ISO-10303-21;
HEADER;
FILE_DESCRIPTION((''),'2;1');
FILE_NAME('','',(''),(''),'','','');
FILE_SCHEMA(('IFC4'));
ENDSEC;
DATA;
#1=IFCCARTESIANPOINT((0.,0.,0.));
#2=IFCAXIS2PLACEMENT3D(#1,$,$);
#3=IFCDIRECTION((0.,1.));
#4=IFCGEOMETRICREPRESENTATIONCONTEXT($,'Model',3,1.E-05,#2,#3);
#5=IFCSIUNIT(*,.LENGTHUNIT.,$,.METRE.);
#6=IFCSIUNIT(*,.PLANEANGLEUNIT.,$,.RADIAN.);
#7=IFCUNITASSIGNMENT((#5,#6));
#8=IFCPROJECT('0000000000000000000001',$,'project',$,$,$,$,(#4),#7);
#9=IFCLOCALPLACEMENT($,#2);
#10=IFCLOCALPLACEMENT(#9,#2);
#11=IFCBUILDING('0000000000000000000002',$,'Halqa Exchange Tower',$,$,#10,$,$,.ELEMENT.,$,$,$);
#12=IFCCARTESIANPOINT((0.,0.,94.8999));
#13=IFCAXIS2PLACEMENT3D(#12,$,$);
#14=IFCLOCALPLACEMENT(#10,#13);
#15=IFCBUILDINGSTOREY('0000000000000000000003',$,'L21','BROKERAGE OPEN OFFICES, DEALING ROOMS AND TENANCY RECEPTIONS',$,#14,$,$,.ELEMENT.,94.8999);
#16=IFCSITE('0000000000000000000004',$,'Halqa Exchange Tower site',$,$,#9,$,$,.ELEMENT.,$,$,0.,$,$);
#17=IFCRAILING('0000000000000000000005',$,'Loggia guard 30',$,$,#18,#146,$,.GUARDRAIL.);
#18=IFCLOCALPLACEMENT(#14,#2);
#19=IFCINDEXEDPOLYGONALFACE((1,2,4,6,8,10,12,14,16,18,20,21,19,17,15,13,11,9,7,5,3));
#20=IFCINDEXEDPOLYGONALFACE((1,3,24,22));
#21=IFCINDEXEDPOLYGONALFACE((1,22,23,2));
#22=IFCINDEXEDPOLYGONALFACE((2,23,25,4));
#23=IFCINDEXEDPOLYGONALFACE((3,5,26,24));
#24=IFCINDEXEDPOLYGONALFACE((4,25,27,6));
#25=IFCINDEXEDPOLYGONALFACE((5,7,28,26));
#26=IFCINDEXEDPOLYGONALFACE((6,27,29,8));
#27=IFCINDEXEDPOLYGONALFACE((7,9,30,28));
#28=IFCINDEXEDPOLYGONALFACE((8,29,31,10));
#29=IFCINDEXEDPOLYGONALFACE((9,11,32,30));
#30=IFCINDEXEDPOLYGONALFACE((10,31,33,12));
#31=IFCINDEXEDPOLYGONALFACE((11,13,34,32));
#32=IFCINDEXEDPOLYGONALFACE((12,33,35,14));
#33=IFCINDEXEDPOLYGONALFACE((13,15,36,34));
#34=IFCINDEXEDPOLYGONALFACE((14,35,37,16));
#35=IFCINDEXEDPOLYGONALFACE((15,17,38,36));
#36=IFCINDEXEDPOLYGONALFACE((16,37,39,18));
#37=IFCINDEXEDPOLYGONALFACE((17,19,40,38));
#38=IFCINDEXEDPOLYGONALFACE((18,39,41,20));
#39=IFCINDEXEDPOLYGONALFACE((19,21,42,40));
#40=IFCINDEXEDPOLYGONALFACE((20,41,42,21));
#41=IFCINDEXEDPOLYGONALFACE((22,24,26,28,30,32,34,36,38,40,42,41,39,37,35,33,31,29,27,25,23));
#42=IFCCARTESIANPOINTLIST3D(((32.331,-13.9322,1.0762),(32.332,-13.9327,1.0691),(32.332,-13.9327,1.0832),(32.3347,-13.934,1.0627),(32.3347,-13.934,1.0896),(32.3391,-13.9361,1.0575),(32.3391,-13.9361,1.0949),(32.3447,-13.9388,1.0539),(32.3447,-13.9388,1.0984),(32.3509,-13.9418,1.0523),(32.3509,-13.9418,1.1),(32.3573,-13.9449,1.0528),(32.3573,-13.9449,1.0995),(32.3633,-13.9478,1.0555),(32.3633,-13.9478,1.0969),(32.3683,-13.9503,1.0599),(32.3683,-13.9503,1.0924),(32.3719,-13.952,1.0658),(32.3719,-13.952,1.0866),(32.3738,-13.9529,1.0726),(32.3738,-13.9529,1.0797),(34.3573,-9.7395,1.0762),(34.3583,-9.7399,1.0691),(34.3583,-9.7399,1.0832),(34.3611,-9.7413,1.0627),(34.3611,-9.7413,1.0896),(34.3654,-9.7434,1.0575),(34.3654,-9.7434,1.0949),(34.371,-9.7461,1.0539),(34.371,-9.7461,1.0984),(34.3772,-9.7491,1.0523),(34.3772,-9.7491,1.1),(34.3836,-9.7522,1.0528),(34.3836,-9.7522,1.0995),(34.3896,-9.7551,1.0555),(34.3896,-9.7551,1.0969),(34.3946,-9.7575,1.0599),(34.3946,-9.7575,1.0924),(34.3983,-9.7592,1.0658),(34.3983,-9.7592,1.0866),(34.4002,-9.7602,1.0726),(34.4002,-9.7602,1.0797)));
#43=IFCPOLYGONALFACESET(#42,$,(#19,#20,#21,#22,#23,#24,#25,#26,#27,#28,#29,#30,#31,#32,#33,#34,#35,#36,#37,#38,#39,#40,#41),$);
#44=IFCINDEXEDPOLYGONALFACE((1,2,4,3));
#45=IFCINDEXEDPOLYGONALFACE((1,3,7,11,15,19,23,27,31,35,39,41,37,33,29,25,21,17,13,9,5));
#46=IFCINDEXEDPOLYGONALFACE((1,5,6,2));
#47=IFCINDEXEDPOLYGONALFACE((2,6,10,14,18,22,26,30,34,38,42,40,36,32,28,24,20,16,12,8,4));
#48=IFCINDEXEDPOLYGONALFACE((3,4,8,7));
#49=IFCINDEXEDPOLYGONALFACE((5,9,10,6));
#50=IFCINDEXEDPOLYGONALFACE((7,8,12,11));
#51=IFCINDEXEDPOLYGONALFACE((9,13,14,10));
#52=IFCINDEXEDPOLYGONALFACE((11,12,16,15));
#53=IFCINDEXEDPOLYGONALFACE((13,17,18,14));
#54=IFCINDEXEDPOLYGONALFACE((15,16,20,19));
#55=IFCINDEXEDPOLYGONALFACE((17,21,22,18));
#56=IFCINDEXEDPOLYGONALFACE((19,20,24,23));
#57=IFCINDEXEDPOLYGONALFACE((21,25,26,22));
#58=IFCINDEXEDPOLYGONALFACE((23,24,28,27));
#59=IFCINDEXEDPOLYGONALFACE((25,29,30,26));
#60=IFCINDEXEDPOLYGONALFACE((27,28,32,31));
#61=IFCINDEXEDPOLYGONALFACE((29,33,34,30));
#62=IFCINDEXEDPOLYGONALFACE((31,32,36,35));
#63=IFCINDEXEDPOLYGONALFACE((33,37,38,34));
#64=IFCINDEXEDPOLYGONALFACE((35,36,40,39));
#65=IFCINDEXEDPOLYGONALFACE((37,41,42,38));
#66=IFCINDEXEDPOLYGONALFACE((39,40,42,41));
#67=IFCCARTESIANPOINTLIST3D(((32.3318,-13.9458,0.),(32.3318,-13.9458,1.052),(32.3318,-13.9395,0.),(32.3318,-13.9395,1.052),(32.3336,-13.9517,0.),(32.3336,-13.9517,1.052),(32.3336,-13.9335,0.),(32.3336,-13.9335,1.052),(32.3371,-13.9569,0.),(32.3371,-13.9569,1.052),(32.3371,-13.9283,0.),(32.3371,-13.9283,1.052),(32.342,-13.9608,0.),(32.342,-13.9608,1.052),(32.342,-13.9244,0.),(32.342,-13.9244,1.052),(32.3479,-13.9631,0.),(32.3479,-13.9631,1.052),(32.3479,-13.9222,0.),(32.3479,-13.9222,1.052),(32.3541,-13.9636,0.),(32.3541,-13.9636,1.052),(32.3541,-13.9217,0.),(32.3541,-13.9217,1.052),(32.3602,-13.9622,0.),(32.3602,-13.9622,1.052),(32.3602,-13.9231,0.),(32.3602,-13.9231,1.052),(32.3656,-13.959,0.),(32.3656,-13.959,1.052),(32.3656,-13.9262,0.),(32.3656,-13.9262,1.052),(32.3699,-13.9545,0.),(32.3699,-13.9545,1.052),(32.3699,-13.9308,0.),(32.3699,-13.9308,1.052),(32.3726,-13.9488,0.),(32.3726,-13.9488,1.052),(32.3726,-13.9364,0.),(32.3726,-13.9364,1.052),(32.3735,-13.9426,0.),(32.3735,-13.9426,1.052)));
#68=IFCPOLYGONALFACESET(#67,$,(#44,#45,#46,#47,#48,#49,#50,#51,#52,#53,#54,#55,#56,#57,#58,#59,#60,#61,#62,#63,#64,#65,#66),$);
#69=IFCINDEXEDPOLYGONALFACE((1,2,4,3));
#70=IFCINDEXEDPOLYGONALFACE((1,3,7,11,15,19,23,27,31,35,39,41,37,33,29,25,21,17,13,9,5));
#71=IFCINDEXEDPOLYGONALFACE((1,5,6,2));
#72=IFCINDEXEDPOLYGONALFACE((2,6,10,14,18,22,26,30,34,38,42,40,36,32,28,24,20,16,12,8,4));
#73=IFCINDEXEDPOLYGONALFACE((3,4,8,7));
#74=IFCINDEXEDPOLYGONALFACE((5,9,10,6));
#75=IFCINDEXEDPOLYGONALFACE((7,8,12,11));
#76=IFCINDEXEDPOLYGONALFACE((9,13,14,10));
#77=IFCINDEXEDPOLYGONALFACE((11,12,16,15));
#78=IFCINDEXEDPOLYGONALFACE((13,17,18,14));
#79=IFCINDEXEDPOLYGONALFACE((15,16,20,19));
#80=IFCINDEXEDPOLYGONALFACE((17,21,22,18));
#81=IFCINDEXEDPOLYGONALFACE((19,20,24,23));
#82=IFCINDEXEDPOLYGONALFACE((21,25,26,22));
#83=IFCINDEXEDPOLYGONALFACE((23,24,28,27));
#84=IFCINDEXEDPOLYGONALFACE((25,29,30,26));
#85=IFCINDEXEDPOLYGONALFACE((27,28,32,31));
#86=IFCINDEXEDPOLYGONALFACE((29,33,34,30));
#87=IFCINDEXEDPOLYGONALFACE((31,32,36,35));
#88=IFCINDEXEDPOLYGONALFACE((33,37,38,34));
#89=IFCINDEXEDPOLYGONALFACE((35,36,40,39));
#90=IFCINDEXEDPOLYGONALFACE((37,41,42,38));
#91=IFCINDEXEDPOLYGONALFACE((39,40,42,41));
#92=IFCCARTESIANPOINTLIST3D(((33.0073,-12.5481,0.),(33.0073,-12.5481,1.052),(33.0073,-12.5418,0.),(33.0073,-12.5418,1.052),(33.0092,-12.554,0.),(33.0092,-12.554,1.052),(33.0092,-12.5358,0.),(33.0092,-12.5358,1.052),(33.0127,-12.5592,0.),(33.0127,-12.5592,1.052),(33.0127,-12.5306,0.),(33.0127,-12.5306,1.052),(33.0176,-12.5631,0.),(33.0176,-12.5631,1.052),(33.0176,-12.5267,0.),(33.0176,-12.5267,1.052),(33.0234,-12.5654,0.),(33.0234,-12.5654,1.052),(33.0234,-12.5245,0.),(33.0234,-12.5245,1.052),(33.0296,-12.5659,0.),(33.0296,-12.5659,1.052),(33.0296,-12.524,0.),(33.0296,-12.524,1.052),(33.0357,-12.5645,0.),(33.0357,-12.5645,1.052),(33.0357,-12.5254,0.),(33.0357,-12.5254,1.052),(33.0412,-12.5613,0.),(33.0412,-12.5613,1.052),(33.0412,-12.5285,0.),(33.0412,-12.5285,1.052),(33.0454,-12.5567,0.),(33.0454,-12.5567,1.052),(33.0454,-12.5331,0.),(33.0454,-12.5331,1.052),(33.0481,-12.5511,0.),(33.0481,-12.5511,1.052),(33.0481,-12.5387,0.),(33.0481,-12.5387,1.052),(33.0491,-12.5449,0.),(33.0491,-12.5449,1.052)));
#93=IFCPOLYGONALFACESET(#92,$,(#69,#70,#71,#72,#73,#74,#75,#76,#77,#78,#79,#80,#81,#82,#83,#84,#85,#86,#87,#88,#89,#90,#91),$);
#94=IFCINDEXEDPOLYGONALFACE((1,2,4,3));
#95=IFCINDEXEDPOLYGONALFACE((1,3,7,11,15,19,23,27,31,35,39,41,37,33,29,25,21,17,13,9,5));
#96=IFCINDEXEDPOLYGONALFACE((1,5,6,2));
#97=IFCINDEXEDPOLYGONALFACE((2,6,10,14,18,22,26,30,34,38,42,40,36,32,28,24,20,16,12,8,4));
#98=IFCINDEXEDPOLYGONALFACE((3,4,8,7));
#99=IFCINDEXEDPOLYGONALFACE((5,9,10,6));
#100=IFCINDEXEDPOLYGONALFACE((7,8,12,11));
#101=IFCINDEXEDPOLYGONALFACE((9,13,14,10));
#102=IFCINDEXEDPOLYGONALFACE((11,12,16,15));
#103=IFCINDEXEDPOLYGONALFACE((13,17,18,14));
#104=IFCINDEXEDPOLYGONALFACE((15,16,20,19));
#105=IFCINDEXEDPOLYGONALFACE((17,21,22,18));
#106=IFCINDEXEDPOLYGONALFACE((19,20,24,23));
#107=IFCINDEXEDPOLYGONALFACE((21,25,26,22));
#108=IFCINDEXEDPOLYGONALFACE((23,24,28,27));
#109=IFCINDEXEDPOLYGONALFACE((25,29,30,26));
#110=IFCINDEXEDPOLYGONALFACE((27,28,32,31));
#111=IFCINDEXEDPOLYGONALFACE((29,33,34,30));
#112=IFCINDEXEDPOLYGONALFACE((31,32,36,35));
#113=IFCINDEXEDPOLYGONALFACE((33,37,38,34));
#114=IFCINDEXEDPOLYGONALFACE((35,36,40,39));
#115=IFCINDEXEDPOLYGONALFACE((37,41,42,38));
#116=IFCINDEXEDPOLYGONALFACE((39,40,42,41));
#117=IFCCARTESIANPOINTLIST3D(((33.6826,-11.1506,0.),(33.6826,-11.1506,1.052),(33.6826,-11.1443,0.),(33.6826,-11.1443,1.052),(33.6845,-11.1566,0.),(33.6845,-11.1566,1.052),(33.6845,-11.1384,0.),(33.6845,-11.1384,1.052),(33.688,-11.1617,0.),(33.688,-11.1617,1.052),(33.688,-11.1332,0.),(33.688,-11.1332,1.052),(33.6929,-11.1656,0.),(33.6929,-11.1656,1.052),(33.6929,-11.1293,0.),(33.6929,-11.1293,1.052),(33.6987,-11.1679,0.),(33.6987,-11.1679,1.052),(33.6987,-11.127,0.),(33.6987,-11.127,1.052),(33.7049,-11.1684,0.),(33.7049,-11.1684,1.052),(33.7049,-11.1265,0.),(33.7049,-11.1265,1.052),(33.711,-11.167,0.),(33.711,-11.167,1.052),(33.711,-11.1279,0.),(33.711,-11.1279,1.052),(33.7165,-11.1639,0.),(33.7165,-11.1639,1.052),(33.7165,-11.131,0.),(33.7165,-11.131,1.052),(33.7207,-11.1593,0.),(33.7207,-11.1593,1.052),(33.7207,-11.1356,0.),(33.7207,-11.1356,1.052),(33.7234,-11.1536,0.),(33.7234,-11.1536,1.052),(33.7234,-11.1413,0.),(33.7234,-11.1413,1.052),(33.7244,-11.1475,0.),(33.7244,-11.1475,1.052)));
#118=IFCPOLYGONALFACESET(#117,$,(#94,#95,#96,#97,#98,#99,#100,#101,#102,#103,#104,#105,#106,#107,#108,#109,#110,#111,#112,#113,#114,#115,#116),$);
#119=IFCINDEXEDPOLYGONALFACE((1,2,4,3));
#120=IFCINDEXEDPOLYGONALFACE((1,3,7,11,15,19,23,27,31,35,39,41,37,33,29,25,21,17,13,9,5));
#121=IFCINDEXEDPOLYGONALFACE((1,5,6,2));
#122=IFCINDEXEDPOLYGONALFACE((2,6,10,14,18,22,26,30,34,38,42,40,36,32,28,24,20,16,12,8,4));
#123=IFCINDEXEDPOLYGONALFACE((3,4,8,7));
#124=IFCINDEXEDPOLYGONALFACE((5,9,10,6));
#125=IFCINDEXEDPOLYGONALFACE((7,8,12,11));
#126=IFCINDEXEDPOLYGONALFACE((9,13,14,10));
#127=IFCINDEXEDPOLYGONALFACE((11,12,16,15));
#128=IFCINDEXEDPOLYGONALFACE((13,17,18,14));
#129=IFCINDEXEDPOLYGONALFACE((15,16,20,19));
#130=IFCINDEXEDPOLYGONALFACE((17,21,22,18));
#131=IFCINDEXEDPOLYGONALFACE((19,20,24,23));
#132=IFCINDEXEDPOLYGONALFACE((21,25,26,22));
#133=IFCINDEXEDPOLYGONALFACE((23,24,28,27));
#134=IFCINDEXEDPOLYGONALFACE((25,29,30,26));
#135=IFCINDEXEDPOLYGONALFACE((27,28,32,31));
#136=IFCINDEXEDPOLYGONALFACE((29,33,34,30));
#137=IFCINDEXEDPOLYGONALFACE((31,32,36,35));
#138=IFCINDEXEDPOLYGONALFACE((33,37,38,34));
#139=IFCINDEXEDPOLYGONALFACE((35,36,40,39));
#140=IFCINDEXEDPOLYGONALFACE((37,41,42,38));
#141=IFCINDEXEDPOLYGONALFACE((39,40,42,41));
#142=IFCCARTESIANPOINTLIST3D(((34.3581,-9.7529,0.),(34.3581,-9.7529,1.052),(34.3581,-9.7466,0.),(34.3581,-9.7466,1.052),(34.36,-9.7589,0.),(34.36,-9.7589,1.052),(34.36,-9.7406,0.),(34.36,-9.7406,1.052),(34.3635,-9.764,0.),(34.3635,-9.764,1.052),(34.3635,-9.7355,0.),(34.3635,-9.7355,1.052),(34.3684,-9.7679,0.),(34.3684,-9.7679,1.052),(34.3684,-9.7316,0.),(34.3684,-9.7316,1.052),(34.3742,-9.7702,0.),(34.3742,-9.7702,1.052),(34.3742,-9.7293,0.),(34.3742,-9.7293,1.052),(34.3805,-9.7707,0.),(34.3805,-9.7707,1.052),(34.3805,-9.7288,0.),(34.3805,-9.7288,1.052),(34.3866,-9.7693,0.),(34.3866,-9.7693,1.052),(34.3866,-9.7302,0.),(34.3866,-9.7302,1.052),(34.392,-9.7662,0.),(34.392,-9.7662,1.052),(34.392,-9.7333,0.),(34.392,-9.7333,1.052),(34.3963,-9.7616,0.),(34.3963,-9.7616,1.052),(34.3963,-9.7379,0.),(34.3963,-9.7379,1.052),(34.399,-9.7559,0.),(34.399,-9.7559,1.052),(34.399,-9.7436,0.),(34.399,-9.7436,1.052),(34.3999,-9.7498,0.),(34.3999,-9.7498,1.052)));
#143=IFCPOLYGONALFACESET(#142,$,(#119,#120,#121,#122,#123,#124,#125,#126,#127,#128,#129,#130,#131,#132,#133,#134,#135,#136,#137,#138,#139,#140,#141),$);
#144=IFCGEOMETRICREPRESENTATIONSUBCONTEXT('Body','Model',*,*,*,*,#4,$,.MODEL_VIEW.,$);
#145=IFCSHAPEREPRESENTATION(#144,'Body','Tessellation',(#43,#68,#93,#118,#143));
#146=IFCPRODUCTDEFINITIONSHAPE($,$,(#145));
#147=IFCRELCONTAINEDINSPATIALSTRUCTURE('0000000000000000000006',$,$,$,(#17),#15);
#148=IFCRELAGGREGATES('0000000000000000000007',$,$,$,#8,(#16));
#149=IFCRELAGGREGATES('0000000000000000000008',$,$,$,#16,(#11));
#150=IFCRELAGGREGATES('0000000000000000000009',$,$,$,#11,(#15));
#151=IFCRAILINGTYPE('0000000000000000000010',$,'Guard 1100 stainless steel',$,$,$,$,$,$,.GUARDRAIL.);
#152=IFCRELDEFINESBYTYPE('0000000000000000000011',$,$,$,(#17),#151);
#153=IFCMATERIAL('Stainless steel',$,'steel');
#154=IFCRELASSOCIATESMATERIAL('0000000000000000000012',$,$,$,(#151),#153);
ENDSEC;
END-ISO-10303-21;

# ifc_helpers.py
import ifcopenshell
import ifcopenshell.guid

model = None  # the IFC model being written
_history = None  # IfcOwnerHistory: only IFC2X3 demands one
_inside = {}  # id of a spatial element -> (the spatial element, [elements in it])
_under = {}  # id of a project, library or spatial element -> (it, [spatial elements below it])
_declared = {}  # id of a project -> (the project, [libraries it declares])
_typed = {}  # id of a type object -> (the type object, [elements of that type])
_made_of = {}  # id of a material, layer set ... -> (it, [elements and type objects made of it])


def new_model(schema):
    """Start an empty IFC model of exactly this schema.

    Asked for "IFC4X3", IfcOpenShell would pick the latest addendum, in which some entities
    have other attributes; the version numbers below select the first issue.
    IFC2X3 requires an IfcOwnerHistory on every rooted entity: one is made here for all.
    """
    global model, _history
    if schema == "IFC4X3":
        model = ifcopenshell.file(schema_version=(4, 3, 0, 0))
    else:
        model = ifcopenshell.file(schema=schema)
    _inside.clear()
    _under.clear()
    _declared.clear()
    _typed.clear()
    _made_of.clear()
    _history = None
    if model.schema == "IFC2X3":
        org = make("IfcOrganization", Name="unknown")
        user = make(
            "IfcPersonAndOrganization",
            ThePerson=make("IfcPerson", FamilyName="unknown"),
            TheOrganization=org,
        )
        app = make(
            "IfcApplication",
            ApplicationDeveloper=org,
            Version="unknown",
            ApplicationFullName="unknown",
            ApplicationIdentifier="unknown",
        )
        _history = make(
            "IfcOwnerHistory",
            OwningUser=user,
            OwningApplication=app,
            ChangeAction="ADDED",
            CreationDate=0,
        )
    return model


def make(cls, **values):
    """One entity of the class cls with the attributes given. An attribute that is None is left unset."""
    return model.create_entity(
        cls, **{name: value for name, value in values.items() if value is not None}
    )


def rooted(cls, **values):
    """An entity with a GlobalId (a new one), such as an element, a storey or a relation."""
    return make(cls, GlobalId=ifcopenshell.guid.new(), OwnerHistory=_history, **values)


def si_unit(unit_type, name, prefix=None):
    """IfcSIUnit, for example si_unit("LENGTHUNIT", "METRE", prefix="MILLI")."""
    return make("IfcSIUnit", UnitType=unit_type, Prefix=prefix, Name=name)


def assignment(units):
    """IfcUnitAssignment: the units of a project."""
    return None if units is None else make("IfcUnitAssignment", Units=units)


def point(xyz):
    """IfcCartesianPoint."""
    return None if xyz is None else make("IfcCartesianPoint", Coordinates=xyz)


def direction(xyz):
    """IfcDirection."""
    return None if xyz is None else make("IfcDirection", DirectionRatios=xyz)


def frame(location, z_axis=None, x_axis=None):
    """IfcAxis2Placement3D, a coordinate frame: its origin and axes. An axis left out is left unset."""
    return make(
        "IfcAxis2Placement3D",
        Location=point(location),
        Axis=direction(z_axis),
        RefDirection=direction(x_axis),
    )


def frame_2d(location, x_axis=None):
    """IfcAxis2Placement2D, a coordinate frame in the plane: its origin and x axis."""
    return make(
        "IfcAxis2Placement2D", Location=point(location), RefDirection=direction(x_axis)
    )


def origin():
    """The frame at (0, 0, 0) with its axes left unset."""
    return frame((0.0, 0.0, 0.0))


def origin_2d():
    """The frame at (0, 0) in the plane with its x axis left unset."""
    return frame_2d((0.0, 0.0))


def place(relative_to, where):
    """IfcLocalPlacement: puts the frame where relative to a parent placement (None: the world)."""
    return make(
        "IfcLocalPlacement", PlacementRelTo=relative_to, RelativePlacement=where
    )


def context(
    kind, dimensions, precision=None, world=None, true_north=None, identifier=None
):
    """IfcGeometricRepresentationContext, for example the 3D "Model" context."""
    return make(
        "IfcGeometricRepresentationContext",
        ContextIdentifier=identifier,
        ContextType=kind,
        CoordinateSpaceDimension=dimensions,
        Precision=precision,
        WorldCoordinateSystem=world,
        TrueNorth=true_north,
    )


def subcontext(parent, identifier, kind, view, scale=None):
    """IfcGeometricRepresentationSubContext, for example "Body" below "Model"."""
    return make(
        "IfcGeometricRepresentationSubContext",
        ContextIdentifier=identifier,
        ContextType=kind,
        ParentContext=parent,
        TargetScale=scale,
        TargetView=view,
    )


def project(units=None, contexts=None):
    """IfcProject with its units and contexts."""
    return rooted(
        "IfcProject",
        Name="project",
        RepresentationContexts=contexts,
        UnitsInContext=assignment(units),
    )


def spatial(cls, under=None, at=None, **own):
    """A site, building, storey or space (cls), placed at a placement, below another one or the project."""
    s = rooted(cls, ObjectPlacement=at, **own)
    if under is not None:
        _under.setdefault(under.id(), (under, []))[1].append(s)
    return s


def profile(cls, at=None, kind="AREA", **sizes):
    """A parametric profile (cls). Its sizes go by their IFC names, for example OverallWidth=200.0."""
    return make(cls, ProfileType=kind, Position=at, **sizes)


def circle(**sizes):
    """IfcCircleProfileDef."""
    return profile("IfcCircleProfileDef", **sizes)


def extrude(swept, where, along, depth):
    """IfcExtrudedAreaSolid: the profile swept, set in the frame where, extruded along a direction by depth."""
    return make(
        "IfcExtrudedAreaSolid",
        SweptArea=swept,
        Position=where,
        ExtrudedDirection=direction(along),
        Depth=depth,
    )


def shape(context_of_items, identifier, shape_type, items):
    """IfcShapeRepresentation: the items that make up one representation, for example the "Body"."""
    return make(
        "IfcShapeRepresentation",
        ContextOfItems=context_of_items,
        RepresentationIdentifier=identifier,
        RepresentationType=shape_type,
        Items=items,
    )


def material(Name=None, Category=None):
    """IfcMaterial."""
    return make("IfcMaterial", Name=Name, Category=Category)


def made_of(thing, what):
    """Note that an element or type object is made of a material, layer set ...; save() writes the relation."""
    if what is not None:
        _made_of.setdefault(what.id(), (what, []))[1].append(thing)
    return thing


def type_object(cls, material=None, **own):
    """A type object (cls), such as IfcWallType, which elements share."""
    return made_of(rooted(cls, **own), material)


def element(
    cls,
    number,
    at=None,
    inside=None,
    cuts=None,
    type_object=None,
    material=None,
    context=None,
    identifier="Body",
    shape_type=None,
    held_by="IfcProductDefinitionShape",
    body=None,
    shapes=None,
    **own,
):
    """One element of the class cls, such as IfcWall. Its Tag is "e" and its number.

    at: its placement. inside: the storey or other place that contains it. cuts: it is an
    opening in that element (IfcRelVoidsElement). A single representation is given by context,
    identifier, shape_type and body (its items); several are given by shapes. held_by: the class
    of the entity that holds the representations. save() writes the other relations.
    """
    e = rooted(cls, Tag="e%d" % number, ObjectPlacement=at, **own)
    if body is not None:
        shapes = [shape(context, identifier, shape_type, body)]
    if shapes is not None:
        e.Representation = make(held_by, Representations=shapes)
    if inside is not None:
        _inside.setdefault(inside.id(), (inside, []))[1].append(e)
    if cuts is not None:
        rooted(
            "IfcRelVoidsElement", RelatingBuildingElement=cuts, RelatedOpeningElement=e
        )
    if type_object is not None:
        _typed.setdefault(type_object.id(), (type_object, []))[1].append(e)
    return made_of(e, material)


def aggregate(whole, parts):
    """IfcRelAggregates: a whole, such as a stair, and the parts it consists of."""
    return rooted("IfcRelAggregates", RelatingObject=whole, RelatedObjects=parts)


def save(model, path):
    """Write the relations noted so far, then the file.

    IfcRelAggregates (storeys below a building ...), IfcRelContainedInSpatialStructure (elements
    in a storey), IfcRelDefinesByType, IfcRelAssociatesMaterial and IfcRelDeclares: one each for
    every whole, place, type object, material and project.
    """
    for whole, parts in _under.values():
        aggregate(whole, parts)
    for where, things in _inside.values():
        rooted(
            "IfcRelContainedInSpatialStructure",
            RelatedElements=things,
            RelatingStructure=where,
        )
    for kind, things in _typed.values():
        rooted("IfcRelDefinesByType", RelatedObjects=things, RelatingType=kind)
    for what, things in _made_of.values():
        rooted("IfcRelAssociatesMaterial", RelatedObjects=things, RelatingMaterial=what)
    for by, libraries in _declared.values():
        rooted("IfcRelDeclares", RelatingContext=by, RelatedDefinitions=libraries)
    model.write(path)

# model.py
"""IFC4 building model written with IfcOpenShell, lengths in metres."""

from ifc_helpers import new_model, si_unit, direction, frame, origin, origin_2d, place, context, subcontext, project, spatial, circle, extrude, material, type_object, element, save


model = new_model("IFC4")

# Units and contexts
model_context = context("Model", 3, precision=1e-05, world=origin(), true_north=direction((0.0, 1.0)))
body_context = subcontext(model_context, "Body", "Model", "MODEL_VIEW")
ifc_project = project(units=[si_unit("LENGTHUNIT", "METRE"), si_unit("PLANEANGLEUNIT", "RADIAN")], contexts=[model_context])

# Site, building, storey
site_placement = place(None, origin())
site = spatial("IfcSite", under=ifc_project, at=site_placement, Name="Halqa Exchange Tower site", CompositionType="ELEMENT", RefElevation=0.0)
building_placement = place(site_placement, origin())
building = spatial("IfcBuilding", under=site, at=building_placement, Name="Halqa Exchange Tower", CompositionType="ELEMENT")
storey_placement = place(building_placement, frame((0.0, 0.0, 94.8999)))
storey = spatial("IfcBuildingStorey", under=building, at=storey_placement, Name="L21", Description="BROKERAGE OPEN OFFICES, DEALING ROOMS AND TENANCY RECEPTIONS", CompositionType="ELEMENT", Elevation=94.8999)

# Railing
ifc_material_1 = material(Name="Stainless steel", Category="steel")
railing_type = type_object("IfcRailingType", Name="Guard 1100 stainless steel", PredefinedType="GUARDRAIL", material=ifc_material_1)
railing_1_placement = place(storey_placement, frame((32.3525, -13.9426, 0.0)))
element("IfcRailing", 1, at=railing_1_placement, inside=storey, type_object=railing_type, Name="Loggia guard 30", PredefinedType="GUARDRAIL", context=body_context, shape_type="SweptSolid", body=[
    extrude(circle(Radius=0.0239, at=origin_2d()), frame((0.0, 0.0, 1.0762), z_axis=(0.435136, 0.900365, 0.0), x_axis=(-0.900365, 0.435136, 0.0)), (0.0, 0.0, 1.0), 4.6567),
    extrude(circle(Radius=0.021, at=origin_2d()), origin(), (0.0, 0.0, 1.0), 1.052),
    extrude(circle(Radius=0.021, at=origin_2d()), frame((0.6755, 1.3977, 0.0)), (0.0, 0.0, 1.0), 1.052),
    extrude(circle(Radius=0.021, at=origin_2d()), frame((1.3508, 2.7952, 0.0)), (0.0, 0.0, 1.0), 1.052),
    extrude(circle(Radius=0.021, at=origin_2d()), frame((2.0264, 4.1929, 0.0)), (0.0, 0.0, 1.0), 1.052),
])

save(model, "model.ifc")
